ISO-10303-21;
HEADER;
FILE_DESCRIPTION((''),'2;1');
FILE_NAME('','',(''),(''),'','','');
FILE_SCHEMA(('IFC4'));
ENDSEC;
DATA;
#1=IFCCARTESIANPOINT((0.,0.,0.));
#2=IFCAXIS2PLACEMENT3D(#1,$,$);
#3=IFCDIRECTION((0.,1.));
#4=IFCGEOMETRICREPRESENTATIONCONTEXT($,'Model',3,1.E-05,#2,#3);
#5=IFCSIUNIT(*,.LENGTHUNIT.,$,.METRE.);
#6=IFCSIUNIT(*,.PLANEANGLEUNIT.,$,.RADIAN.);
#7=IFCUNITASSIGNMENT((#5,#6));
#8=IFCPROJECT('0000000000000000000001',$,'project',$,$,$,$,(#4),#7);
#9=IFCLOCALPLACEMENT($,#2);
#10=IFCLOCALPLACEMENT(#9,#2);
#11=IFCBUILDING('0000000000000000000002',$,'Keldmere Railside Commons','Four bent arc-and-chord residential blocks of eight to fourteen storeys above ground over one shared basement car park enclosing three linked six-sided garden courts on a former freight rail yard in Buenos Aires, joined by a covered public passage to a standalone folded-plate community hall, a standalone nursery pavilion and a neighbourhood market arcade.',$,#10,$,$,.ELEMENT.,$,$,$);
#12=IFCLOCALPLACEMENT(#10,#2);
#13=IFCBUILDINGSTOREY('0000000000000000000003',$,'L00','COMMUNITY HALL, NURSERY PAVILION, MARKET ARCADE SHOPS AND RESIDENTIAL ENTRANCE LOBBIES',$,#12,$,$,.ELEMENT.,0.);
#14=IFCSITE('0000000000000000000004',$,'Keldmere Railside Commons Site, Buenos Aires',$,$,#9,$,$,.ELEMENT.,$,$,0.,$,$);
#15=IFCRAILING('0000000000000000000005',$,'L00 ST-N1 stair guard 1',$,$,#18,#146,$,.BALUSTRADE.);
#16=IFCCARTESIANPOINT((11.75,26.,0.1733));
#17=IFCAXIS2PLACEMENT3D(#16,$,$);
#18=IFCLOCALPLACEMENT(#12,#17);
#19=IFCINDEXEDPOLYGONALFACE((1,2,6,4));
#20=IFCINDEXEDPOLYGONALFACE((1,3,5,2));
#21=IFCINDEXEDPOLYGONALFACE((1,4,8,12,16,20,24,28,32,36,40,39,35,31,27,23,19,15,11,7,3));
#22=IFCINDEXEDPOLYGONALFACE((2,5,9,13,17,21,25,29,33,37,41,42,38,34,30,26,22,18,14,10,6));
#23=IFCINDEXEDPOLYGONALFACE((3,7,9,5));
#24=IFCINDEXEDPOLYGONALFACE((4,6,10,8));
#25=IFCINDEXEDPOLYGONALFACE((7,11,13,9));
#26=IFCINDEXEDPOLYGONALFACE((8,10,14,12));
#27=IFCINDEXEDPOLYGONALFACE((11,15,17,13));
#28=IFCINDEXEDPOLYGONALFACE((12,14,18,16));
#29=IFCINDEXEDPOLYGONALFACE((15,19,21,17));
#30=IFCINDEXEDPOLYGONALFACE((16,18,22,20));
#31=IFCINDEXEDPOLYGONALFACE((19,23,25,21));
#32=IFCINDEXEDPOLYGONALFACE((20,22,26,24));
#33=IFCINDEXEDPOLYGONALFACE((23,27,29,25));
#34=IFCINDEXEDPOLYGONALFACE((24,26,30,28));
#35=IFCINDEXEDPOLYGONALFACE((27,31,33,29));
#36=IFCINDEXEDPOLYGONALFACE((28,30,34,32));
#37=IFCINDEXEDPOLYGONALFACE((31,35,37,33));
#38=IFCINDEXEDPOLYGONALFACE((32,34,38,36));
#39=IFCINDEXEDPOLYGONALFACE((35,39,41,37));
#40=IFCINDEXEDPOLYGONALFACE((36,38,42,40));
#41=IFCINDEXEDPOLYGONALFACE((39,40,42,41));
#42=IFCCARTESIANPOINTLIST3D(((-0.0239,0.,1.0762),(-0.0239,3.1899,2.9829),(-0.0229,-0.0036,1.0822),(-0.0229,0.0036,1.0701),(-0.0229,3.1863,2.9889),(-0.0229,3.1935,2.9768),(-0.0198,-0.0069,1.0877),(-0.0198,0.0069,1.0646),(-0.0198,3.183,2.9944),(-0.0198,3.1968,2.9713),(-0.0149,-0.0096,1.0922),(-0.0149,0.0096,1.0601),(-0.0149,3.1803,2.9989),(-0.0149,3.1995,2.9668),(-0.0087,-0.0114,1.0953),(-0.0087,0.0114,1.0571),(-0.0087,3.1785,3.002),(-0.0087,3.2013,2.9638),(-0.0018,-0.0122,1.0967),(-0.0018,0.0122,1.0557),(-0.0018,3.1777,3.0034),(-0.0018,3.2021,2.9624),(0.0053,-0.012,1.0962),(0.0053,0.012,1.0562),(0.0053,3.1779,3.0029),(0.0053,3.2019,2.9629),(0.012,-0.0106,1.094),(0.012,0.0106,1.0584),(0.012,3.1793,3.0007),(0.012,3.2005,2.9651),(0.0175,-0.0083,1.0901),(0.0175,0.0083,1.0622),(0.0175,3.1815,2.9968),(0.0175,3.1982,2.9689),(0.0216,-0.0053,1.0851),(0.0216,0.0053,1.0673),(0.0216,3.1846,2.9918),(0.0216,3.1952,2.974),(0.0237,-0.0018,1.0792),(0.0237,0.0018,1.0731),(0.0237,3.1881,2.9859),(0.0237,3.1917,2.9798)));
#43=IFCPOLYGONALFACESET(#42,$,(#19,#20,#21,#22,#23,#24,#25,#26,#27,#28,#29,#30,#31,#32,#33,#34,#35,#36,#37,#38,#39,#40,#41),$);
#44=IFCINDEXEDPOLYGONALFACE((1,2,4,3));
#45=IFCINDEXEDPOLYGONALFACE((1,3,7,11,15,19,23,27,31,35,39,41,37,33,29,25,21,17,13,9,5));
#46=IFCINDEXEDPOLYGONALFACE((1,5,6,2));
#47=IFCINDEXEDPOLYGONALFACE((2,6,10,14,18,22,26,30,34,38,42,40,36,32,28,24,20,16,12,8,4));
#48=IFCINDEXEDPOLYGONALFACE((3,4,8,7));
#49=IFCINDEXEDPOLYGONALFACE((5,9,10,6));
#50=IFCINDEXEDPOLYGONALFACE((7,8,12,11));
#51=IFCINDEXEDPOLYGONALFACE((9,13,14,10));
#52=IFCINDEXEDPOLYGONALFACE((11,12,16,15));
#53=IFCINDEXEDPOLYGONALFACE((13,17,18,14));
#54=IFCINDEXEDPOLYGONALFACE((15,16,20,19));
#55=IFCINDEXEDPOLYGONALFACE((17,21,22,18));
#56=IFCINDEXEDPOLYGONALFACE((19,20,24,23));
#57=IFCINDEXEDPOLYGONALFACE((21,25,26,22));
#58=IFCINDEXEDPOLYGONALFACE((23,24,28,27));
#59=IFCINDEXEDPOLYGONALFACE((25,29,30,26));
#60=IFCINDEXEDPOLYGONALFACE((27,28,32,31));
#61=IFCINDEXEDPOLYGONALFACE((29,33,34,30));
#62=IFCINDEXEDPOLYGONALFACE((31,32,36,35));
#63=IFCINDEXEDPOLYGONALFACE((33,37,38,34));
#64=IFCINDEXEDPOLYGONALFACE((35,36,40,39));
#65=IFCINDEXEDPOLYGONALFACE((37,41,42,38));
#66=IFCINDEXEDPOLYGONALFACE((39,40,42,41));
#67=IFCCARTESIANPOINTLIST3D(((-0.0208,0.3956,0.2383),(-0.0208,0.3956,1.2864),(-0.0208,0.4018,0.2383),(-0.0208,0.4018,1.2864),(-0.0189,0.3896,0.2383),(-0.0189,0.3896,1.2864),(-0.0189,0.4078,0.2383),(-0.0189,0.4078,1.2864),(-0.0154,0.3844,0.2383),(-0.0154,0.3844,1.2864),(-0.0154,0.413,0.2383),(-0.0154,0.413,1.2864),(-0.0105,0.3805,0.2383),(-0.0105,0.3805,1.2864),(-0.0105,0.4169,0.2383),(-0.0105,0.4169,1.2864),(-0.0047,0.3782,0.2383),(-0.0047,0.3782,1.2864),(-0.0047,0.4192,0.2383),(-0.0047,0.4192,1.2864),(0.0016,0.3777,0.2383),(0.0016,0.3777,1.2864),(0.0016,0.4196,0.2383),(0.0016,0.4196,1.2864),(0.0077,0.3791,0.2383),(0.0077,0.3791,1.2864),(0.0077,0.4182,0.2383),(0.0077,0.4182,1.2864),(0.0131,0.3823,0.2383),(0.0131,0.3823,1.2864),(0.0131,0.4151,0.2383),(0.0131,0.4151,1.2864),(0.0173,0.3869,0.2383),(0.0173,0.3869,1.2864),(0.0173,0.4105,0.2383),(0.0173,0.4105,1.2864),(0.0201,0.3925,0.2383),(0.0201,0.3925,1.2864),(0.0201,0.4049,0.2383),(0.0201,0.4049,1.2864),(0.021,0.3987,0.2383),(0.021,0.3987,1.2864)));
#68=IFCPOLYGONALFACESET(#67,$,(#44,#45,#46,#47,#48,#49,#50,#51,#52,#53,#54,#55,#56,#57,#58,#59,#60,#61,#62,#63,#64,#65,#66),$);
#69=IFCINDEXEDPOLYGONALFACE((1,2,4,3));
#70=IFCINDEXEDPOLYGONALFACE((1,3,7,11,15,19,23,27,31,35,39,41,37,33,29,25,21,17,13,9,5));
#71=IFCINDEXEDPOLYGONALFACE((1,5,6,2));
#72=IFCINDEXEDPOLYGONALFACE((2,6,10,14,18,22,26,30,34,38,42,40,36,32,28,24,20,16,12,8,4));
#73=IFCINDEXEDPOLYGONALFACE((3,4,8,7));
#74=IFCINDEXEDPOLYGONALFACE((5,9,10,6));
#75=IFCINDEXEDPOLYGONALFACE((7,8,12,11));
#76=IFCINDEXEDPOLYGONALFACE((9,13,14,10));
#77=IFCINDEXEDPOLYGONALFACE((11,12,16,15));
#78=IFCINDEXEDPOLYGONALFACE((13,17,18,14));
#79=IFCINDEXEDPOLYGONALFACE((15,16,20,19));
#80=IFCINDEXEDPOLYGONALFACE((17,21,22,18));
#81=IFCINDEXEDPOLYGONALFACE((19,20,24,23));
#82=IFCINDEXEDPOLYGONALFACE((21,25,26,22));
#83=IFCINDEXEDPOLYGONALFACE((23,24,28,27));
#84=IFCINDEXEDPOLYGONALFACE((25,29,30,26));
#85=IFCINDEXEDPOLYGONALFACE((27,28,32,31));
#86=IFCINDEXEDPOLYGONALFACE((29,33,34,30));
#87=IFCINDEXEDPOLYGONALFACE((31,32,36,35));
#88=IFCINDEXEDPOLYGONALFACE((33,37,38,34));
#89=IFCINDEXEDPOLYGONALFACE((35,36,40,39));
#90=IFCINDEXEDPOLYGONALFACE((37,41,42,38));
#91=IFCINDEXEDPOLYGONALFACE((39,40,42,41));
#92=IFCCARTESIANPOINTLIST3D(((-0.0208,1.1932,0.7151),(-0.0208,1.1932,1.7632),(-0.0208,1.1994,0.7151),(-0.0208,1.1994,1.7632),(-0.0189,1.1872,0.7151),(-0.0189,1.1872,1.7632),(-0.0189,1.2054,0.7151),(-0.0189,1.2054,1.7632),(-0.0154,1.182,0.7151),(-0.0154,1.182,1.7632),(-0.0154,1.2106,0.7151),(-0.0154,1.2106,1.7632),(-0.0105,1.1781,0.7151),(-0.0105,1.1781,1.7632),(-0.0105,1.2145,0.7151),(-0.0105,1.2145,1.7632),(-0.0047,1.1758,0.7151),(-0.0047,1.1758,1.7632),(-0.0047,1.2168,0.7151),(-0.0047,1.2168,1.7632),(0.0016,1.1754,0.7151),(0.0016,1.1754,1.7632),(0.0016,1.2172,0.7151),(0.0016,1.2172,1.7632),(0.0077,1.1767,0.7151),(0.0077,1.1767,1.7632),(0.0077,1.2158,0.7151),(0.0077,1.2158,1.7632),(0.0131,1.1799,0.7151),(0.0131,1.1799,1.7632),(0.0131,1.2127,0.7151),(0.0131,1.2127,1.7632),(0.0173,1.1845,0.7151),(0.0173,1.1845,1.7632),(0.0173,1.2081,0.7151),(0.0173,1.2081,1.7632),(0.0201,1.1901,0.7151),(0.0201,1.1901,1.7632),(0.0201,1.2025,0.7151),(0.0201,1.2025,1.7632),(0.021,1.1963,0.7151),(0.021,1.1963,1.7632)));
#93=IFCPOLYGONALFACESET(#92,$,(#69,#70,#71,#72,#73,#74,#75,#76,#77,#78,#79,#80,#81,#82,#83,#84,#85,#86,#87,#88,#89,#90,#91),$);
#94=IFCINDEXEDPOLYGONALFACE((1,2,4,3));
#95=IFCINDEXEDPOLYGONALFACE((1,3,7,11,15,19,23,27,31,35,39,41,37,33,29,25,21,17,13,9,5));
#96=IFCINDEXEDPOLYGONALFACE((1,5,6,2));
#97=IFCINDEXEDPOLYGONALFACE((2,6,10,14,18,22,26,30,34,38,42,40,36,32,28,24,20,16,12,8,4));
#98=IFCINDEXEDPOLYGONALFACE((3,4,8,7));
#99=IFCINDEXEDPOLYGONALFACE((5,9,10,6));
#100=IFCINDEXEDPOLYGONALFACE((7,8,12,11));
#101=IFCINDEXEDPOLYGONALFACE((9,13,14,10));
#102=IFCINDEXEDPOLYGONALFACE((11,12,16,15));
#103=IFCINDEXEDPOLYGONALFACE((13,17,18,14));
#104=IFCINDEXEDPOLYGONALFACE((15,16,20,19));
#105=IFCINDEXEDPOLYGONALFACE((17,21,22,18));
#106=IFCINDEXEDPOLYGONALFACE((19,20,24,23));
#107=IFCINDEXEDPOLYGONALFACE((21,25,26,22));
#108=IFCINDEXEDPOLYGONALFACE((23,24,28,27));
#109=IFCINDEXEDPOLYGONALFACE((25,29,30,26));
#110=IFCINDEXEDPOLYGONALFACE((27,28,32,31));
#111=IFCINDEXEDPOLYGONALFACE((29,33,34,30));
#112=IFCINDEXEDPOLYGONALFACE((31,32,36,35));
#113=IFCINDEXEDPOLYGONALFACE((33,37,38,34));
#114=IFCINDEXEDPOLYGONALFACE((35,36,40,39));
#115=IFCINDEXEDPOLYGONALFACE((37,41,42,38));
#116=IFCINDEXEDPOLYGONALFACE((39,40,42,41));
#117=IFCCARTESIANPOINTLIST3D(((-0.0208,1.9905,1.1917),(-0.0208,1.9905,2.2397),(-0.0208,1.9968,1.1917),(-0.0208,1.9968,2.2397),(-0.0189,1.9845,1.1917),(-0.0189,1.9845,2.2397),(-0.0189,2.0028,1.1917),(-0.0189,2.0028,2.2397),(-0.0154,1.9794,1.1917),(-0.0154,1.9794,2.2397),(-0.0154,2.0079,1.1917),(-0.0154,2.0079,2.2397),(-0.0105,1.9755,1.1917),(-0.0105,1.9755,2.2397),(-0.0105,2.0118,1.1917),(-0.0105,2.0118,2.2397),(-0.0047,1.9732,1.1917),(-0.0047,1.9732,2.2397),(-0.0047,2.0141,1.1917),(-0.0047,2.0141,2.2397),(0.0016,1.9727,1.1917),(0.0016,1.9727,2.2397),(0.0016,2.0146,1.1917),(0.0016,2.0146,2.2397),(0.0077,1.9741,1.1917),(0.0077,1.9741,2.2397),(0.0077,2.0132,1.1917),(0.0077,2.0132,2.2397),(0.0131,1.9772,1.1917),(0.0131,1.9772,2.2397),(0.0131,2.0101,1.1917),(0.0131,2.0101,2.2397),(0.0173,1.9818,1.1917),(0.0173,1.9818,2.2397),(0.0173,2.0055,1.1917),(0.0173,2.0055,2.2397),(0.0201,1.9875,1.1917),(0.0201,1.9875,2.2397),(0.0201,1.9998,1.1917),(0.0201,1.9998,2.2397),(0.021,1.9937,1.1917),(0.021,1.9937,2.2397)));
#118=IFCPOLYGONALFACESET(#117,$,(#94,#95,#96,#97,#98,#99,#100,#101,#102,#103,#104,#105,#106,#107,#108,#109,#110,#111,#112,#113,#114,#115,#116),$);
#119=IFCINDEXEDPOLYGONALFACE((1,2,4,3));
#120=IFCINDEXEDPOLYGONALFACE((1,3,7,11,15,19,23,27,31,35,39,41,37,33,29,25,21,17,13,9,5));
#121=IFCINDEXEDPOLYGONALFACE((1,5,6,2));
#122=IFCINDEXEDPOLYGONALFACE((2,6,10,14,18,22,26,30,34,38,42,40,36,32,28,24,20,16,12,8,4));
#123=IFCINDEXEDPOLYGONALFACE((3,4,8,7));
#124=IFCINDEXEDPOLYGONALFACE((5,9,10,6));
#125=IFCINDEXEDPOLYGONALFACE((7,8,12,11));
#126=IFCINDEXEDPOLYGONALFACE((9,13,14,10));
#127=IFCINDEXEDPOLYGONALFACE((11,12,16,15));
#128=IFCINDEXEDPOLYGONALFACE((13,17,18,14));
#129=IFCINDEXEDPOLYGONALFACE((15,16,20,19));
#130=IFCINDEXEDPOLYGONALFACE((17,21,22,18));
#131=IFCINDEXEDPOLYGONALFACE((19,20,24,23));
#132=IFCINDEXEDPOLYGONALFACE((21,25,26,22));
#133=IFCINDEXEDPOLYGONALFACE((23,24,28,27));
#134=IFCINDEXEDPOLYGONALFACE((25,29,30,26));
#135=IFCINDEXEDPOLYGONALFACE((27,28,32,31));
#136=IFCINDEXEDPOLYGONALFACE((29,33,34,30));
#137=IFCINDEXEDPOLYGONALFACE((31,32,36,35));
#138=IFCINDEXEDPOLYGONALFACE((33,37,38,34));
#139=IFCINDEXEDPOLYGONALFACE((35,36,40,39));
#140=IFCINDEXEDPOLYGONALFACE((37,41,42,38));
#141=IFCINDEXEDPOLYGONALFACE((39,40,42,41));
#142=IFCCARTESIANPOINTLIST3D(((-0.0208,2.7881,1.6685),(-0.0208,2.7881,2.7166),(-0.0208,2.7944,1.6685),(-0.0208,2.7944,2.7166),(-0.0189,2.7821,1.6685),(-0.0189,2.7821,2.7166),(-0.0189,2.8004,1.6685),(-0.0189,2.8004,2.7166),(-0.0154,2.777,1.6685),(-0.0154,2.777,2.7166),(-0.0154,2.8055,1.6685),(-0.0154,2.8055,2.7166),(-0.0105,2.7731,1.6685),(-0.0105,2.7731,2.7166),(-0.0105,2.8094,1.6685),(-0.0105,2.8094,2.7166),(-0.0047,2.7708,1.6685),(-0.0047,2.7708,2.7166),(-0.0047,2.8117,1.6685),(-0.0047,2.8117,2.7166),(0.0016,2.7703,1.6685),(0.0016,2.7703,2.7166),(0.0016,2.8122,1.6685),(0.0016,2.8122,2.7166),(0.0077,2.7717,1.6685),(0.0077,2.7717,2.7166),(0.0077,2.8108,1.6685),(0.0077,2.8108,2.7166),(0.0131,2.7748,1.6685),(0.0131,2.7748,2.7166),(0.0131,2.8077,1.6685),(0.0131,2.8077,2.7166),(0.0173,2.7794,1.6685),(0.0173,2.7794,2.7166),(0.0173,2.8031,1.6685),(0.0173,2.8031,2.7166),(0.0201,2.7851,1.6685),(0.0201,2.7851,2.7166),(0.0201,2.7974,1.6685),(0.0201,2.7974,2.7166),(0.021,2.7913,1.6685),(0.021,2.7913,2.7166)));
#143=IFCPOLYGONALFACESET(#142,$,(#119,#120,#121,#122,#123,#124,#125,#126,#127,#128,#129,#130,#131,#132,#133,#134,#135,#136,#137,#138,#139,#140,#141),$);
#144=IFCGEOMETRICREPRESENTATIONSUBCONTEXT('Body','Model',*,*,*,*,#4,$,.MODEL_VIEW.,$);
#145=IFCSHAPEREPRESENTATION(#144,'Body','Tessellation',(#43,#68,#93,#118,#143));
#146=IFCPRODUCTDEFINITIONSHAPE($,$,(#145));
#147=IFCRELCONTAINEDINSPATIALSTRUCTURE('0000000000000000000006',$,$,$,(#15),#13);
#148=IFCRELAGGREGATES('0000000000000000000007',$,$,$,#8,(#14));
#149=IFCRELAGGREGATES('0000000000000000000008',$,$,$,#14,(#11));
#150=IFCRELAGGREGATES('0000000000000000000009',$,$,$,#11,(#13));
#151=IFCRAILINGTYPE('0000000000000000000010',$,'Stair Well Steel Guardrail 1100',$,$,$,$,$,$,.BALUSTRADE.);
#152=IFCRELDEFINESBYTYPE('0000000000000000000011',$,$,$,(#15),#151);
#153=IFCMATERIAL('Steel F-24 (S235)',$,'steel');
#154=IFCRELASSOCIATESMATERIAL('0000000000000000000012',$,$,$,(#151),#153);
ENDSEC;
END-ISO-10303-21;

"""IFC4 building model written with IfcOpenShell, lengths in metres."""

from ifc_helpers import new_model, si_unit, direction, frame, origin, origin_2d, place, context, subcontext, project, spatial, circle, extrude, material, type_object, element, save


model = new_model("IFC4")

# Units and contexts
model_context = context("Model", 3, precision=1e-05, world=origin(), true_north=direction((0.0, 1.0)))
body_context = subcontext(model_context, "Body", "Model", "MODEL_VIEW")
ifc_project = project(units=[si_unit("LENGTHUNIT", "METRE"), si_unit("PLANEANGLEUNIT", "RADIAN")], contexts=[model_context])

# Site, building, storey
site_placement = place(None, origin())
site = spatial("IfcSite", under=ifc_project, at=site_placement, Name="Keldmere Railside Commons Site, Buenos Aires", CompositionType="ELEMENT", RefElevation=0.0)
building_placement = place(site_placement, origin())
building = spatial("IfcBuilding", under=site, at=building_placement, Name="Keldmere Railside Commons", Description="Four bent arc-and-chord residential blocks of eight to fourteen storeys above ground over one shared basement car park enclosing three linked six-sided garden courts on a former freight rail yard in Buenos Aires, joined by a covered public passage to a standalone folded-plate community hall, a standalone nursery pavilion and a neighbourhood market arcade.", CompositionType="ELEMENT")
storey_placement = place(building_placement, origin())
storey = spatial("IfcBuildingStorey", under=building, at=storey_placement, Name="L00", Description="COMMUNITY HALL, NURSERY PAVILION, MARKET ARCADE SHOPS AND RESIDENTIAL ENTRANCE LOBBIES", CompositionType="ELEMENT", Elevation=0.0)

# Shared definitions
ifc_material_1 = material(Name="Steel F-24 (S235)", Category="steel")

# Railing
railing_type_1 = type_object("IfcRailingType", Name="Stair Well Steel Guardrail 1100", PredefinedType="BALUSTRADE", material=ifc_material_1)
railing_1_placement = place(storey_placement, frame((11.75, 26.0, 0.1733)))
element("IfcRailing", 1, at=railing_1_placement, inside=storey, type_object=railing_type_1, Name="L00 ST-N1 stair guard 1", PredefinedType="BALUSTRADE", context=body_context, shape_type="SweptSolid", body=[
    extrude(circle(Radius=0.0239, at=origin_2d()), frame((0.0, 0.0, 1.0762), z_axis=(0.0, 0.85835, 0.513065), x_axis=(-1.0, 0.0, 0.0)), (0.0, 0.0, 1.0), 3.7163),
    extrude(circle(Radius=0.021, at=origin_2d()), frame((0.0, 0.3987, 0.2383)), (0.0, 0.0, 1.0), 1.0481),
    extrude(circle(Radius=0.021, at=origin_2d()), frame((0.0, 1.1963, 0.7151)), (0.0, 0.0, 1.0), 1.0481),
    extrude(circle(Radius=0.021, at=origin_2d()), frame((0.0, 1.9937, 1.1917)), (0.0, 0.0, 1.0), 1.0481),
    extrude(circle(Radius=0.021, at=origin_2d()), frame((0.0, 2.7913, 1.6685)), (0.0, 0.0, 1.0), 1.0481),
])

save(model, "model.ifc")
